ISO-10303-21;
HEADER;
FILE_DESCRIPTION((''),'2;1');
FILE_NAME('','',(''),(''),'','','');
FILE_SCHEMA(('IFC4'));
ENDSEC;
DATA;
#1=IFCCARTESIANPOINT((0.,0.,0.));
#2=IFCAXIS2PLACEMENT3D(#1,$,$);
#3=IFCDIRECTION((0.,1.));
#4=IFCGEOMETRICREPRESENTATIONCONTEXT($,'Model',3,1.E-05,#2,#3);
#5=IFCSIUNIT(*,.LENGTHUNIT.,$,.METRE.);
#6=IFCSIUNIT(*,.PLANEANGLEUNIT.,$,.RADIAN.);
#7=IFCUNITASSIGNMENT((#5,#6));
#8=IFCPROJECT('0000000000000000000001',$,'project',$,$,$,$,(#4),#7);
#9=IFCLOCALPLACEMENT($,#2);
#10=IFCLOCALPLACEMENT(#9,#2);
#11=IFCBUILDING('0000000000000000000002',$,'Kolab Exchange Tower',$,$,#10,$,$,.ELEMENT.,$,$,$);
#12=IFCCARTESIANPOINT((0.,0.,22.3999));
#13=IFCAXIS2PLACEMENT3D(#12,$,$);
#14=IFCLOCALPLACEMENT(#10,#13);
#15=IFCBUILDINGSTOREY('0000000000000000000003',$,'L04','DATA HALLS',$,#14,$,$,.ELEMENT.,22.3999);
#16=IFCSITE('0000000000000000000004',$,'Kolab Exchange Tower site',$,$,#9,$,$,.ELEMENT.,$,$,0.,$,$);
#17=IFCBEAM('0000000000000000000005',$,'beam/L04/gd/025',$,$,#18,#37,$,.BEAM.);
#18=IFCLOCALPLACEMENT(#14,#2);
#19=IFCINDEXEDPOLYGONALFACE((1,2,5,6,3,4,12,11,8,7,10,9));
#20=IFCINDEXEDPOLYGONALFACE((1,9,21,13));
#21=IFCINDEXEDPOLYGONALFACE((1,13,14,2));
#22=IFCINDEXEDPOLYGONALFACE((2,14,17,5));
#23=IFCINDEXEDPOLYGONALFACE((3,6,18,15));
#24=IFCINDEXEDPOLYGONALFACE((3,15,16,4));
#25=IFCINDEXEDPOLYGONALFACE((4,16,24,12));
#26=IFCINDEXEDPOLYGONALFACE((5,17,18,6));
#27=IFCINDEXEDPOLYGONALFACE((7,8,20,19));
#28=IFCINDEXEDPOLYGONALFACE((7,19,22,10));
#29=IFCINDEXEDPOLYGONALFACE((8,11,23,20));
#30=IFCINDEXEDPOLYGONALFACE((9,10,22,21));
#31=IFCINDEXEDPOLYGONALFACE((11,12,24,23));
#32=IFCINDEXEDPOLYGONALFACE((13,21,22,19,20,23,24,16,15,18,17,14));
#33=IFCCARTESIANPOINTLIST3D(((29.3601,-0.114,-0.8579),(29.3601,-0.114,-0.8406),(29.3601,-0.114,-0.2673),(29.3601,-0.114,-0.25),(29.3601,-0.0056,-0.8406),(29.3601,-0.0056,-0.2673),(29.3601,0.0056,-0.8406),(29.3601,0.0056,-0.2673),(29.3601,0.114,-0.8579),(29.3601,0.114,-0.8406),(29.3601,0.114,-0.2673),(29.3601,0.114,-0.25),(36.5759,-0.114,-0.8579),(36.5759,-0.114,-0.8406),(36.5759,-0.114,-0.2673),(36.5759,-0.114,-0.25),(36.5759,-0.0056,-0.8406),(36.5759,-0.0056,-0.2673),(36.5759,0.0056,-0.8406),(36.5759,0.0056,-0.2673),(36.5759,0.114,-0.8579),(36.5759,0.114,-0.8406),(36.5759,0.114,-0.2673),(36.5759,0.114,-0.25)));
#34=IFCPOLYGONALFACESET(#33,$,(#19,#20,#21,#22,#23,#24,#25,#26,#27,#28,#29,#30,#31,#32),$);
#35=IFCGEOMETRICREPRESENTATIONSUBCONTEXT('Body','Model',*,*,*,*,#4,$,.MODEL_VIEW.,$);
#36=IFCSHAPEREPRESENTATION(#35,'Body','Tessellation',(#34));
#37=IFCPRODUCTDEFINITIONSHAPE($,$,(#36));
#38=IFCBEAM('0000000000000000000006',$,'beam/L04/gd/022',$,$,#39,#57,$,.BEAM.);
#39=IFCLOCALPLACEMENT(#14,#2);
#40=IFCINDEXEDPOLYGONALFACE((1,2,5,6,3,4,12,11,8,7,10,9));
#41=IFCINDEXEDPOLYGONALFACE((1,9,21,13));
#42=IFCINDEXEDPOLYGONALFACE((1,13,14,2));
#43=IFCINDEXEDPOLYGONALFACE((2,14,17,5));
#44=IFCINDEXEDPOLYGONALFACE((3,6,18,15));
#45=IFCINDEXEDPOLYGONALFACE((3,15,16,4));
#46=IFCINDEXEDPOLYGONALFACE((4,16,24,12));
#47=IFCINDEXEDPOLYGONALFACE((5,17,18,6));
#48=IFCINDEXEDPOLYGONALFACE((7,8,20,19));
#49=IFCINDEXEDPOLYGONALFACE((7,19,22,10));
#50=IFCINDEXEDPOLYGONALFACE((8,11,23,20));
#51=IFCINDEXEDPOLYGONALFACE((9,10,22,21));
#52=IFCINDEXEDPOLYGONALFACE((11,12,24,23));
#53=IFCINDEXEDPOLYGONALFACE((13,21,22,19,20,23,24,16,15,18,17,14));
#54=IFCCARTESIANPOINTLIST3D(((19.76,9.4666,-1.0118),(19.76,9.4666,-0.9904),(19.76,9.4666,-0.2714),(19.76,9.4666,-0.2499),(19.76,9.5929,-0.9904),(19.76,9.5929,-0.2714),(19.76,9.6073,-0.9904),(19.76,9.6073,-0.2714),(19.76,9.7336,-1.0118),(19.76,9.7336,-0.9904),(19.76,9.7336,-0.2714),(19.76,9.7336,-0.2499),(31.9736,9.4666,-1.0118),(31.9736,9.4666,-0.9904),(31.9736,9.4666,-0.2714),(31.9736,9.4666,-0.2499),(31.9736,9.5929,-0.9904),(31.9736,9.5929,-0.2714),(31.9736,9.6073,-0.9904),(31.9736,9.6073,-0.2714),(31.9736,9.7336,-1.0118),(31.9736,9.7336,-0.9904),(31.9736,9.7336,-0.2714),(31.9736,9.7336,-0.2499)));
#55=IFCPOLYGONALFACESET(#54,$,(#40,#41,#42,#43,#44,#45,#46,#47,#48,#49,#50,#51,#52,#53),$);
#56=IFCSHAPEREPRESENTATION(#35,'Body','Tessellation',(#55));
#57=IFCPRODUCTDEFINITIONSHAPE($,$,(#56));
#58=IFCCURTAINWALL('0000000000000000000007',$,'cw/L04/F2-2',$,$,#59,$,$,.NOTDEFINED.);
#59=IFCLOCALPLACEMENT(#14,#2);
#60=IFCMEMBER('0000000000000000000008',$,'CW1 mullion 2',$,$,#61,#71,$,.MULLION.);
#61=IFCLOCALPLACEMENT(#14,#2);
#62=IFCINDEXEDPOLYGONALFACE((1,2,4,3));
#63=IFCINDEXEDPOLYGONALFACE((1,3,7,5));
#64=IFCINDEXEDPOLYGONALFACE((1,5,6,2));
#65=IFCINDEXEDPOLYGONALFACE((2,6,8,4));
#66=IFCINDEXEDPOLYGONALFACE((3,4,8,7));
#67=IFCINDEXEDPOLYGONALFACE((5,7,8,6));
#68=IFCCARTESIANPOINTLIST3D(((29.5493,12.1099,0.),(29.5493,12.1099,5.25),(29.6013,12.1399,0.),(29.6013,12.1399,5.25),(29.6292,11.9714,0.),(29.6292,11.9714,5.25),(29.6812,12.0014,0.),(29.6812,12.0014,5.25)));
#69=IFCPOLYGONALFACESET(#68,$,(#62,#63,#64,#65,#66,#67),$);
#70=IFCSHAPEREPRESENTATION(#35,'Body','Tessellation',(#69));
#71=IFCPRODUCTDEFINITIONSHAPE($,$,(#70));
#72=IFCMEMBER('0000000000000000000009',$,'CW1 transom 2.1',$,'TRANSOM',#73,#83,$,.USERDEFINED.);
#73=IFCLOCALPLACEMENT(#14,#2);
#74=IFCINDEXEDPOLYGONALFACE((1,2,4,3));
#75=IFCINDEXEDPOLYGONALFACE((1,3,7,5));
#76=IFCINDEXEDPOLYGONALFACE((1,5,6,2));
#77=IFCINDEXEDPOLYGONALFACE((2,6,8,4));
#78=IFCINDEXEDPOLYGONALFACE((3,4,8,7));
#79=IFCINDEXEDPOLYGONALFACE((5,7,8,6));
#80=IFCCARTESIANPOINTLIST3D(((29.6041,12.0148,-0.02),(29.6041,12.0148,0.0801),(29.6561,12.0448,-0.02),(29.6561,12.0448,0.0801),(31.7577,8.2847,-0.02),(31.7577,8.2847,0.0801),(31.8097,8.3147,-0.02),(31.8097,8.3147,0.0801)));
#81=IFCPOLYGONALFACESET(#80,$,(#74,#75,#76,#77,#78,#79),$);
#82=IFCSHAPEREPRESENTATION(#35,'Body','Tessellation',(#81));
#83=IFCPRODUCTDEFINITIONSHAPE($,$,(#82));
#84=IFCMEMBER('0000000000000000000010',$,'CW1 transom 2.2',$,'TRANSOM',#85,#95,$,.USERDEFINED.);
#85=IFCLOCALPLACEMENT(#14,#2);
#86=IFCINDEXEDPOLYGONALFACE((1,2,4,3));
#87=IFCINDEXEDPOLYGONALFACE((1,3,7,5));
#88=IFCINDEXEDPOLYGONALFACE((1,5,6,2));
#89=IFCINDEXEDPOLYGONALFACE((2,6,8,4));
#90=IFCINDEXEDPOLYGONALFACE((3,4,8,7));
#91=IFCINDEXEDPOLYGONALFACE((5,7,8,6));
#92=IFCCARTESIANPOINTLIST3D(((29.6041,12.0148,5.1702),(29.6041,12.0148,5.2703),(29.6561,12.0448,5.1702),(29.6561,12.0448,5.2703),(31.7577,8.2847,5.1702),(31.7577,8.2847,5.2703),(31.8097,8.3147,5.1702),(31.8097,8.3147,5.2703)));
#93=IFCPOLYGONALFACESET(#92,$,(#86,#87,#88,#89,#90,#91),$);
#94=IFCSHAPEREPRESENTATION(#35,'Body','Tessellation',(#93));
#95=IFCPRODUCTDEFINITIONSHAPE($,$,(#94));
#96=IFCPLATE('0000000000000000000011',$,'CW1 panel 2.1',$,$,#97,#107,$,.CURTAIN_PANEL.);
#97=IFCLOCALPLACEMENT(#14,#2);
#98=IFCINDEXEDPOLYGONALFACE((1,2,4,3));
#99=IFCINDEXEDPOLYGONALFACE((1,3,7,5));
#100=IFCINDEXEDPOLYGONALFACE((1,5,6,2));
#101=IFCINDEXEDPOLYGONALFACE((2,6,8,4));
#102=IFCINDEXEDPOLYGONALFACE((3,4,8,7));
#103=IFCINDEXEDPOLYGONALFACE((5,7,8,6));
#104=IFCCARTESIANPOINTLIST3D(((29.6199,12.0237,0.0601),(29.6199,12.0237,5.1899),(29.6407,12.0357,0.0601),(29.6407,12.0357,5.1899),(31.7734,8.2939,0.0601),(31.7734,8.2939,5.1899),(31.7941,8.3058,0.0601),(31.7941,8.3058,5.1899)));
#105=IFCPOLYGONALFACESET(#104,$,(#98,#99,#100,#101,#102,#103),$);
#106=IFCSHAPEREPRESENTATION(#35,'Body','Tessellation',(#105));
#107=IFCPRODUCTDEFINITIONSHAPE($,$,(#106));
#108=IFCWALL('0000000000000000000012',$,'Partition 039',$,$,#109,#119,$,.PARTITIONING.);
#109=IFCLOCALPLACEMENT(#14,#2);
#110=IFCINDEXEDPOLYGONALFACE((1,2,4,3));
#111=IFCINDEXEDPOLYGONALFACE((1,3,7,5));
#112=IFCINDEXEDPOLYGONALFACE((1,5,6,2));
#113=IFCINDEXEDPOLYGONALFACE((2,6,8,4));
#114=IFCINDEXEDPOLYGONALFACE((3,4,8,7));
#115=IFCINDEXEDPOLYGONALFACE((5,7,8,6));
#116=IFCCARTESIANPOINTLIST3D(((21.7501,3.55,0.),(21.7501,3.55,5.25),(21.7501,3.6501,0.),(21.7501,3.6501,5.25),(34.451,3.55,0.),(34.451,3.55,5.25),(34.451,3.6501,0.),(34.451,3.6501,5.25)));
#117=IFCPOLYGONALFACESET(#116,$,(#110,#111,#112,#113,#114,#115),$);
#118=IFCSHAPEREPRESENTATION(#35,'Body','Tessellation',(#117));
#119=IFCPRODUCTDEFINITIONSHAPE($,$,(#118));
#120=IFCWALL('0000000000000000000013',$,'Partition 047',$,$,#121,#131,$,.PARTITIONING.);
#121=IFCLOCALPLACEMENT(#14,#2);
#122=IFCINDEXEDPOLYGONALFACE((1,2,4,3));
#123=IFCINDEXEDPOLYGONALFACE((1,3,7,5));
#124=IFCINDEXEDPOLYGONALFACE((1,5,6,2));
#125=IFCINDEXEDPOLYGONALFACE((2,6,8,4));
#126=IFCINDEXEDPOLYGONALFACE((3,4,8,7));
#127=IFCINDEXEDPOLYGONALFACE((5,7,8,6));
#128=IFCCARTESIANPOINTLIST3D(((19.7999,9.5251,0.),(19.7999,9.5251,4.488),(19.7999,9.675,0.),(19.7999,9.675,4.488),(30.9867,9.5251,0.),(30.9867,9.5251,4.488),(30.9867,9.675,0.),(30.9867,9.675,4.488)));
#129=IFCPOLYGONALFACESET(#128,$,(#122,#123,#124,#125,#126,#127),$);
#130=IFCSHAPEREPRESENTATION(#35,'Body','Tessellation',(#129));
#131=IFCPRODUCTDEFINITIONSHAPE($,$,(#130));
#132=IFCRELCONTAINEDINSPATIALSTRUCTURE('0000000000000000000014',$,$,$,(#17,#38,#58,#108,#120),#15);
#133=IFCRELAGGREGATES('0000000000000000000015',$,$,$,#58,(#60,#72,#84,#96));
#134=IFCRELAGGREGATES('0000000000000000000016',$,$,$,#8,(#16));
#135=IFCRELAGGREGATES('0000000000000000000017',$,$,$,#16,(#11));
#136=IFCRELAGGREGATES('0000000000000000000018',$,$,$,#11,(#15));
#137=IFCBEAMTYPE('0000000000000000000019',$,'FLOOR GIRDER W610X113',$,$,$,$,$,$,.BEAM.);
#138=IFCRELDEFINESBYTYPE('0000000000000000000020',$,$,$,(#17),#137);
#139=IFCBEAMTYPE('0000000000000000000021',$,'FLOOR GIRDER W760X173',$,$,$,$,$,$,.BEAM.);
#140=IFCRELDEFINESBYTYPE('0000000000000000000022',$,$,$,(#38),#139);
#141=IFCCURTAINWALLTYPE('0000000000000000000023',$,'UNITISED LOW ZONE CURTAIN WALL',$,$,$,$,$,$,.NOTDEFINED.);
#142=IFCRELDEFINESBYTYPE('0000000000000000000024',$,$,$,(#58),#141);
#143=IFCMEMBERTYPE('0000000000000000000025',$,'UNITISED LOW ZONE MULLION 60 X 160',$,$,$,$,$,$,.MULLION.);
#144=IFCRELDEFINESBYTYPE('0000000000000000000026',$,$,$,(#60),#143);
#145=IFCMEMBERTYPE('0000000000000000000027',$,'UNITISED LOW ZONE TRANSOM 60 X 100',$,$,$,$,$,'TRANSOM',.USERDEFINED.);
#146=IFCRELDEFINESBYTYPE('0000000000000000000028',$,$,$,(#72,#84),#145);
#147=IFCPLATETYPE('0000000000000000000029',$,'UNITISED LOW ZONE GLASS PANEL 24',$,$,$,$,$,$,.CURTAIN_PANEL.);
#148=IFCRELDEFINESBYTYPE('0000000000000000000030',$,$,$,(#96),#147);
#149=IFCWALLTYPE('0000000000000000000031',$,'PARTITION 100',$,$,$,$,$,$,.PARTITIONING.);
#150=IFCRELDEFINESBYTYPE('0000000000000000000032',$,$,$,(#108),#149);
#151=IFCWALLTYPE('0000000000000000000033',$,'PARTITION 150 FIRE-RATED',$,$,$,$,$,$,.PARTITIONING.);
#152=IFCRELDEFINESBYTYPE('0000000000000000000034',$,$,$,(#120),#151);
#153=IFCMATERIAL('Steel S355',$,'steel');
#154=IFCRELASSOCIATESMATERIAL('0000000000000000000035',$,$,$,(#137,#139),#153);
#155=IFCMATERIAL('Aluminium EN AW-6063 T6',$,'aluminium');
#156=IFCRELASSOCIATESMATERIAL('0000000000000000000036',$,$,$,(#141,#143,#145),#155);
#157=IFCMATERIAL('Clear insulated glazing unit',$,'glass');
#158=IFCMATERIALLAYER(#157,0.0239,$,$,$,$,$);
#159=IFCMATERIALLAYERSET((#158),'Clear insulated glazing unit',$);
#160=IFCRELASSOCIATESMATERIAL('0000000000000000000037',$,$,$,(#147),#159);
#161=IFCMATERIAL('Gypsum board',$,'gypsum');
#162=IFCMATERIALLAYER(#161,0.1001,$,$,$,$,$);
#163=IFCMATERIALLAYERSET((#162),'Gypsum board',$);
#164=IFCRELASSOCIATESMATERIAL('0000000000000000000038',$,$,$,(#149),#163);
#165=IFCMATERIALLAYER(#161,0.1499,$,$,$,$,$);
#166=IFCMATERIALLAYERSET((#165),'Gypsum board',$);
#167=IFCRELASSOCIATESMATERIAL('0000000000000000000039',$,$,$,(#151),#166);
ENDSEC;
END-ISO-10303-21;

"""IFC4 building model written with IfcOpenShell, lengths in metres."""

from ifc_helpers import new_model, si_unit, direction, frame, frame_2d, origin, origin_2d, place, context, subcontext, project, spatial, rectangle, i_section, extrude, material, layer, layer_set, material_profile, profile_set, type_object, element, aggregate, save


model = new_model("IFC4")

# Units and contexts
model_context = context("Model", 3, precision=1e-05, world=origin(), true_north=direction((0.0, 1.0)))
body_context = subcontext(model_context, "Body", "Model", "MODEL_VIEW")
ifc_project = project(units=[si_unit("LENGTHUNIT", "METRE"), si_unit("PLANEANGLEUNIT", "RADIAN")], contexts=[model_context])

# Site, building, storey
site_placement = place(None, origin())
site = spatial("IfcSite", under=ifc_project, at=site_placement, Name="Kolab Exchange Tower site", CompositionType="ELEMENT", RefElevation=0.0)
building_placement = place(site_placement, origin())
building = spatial("IfcBuilding", under=site, at=building_placement, Name="Kolab Exchange Tower", CompositionType="ELEMENT")
storey_placement = place(building_placement, frame((0.0, 0.0, 22.3999)))
storey = spatial("IfcBuildingStorey", under=building, at=storey_placement, Name="L04", Description="DATA HALLS", CompositionType="ELEMENT", Elevation=22.3999)

# Beams
ifc_material_1 = material(Name="Steel S355", Category="steel")
ifc_material_profile_1 = material_profile(ifc_material_1, i_section(OverallWidth=0.228, OverallDepth=0.6079, WebThickness=0.0112, FlangeThickness=0.0173, at=origin_2d()), Name="W610X113")
ifc_profile_set_1 = profile_set([ifc_material_profile_1], Name="Steel S355")
beam_type_1 = type_object("IfcBeamType", Name="FLOOR GIRDER W610X113", PredefinedType="BEAM", material=ifc_profile_set_1)
beam_1_placement = place(storey_placement, frame((29.3601, 0.0, -0.554), z_axis=(1.0, 0.0, 0.0), x_axis=(0.0, 1.0, 0.0)))
element("IfcBeam", 1, at=beam_1_placement, inside=storey, type_object=beam_type_1, Name="beam/L04/gd/025", PredefinedType="BEAM", context=body_context, shape_type="SweptSolid", body=[
    extrude(i_section(OverallWidth=0.228, OverallDepth=0.6079, WebThickness=0.0112, FlangeThickness=0.0173, at=origin_2d()), origin(), (0.0, 0.0, 1.0), 7.2158),
])
ifc_material_profile_2 = material_profile(ifc_material_1, i_section(OverallWidth=0.2671, OverallDepth=0.762, WebThickness=0.0144, FlangeThickness=0.0215, at=origin_2d()), Name="W760X173")
ifc_profile_set_2 = profile_set([ifc_material_profile_2], Name="Steel S355")
beam_type_2 = type_object("IfcBeamType", Name="FLOOR GIRDER W760X173", PredefinedType="BEAM", material=ifc_profile_set_2)
beam_2_placement = place(storey_placement, frame((19.76, 9.6001, -0.6309), z_axis=(1.0, 0.0, 0.0), x_axis=(0.0, 1.0, 0.0)))
element("IfcBeam", 2, at=beam_2_placement, inside=storey, type_object=beam_type_2, Name="beam/L04/gd/022", PredefinedType="BEAM", context=body_context, shape_type="SweptSolid", body=[
    extrude(i_section(OverallWidth=0.2671, OverallDepth=0.762, WebThickness=0.0144, FlangeThickness=0.0215, at=origin_2d()), origin(), (0.0, 0.0, 1.0), 12.2136),
])

# Curtain wall, members, plate
ifc_material_2 = material(Name="Aluminium EN AW-6063 T6", Category="aluminium")
curtain_wall_type = type_object("IfcCurtainWallType", Name="UNITISED LOW ZONE CURTAIN WALL", PredefinedType="NOTDEFINED", material=ifc_material_2)
curtain_wall_placement = place(storey_placement, origin())
curtain_wall = element("IfcCurtainWall", 3, at=curtain_wall_placement, inside=storey, type_object=curtain_wall_type, Name="cw/L04/F2-2", PredefinedType="NOTDEFINED")
ifc_material_profile_3 = material_profile(ifc_material_2, rectangle(XDim=0.0601, YDim=0.1599, at=origin_2d()), Name="RECT 60X160")
ifc_profile_set_3 = profile_set([ifc_material_profile_3], Name="Aluminium EN AW-6063 T6")
member_type_1 = type_object("IfcMemberType", Name="UNITISED LOW ZONE MULLION 60 X 160", PredefinedType="MULLION", material=ifc_profile_set_3)
member_1_placement = place(storey_placement, frame((29.6152, 12.0557, 0.0), z_axis=(0.0, 0.0, 1.0), x_axis=(0.866025, 0.5, 0.0)))
member_1 = element("IfcMember", 4, at=member_1_placement, type_object=member_type_1, Name="CW1 mullion 2", PredefinedType="MULLION", context=body_context, shape_type="SweptSolid", body=[
    extrude(rectangle(XDim=0.0601, YDim=0.1599, at=origin_2d()), origin(), (0.0, 0.0, 1.0), 5.25),
])
ifc_material_profile_4 = material_profile(ifc_material_2, rectangle(XDim=0.0601, YDim=0.1001, at=origin_2d()), Name="RECT 60X100")
ifc_profile_set_4 = profile_set([ifc_material_profile_4], Name="Aluminium EN AW-6063 T6")
member_type_2 = type_object("IfcMemberType", Name="UNITISED LOW ZONE TRANSOM 60 X 100", ElementType="TRANSOM", PredefinedType="USERDEFINED", material=ifc_profile_set_4)
member_2_placement = place(storey_placement, frame((29.6301, 12.0298, 0.03), z_axis=(0.50001, -0.866019, 0.0), x_axis=(0.866019, 0.50001, 0.0)))
member_2 = element("IfcMember", 5, at=member_2_placement, type_object=member_type_2, Name="CW1 transom 2.1", ObjectType="TRANSOM", PredefinedType="USERDEFINED", context=body_context, shape_type="SweptSolid", body=[
    extrude(rectangle(XDim=0.0601, YDim=0.1001, at=origin_2d()), origin(), (0.0, 0.0, 1.0), 4.3071),
])
member_3_placement = place(storey_placement, frame((29.6301, 12.0298, 5.2202), z_axis=(0.50001, -0.866019, 0.0), x_axis=(0.866019, 0.50001, 0.0)))
member_3 = element("IfcMember", 6, at=member_3_placement, type_object=member_type_2, Name="CW1 transom 2.2", ObjectType="TRANSOM", PredefinedType="USERDEFINED", context=body_context, shape_type="SweptSolid", body=[
    extrude(rectangle(XDim=0.0601, YDim=0.1001, at=origin_2d()), origin(), (0.0, 0.0, 1.0), 4.3071),
])
ifc_material_3 = material(Name="Clear insulated glazing unit", Category="glass")
ifc_layer_1 = layer(ifc_material_3, 0.0239)
ifc_layer_set_1 = layer_set([ifc_layer_1], Name="Clear insulated glazing unit")
plate_type = type_object("IfcPlateType", Name="UNITISED LOW ZONE GLASS PANEL 24", PredefinedType="CURTAIN_PANEL", material=ifc_layer_set_1)
plate_placement = place(storey_placement, frame((30.707, 10.1648, 0.0601), z_axis=(0.0, 0.0, 1.0), x_axis=(0.5, -0.866025, 0.0)))
plate = element("IfcPlate", 7, at=plate_placement, type_object=plate_type, Name="CW1 panel 2.1", PredefinedType="CURTAIN_PANEL", context=body_context, shape_type="SweptSolid", body=[
    extrude(rectangle(XDim=4.3069, YDim=0.0239, at=origin_2d()), origin(), (0.0, 0.0, 1.0), 5.1299),
])
aggregate(curtain_wall, [member_1, member_2, member_3, plate])

# Walls
ifc_material_4 = material(Name="Gypsum board", Category="gypsum")
ifc_layer_2 = layer(ifc_material_4, 0.1001)
ifc_layer_set_2 = layer_set([ifc_layer_2], Name="Gypsum board")
wall_type_1 = type_object("IfcWallType", Name="PARTITION 100", PredefinedType="PARTITIONING", material=ifc_layer_set_2)
wall_1_placement = place(storey_placement, frame((21.75, 3.6001, 0.0), z_axis=(0.0, 0.0, 1.0), x_axis=(1.0, 0.0, 0.0)))
element("IfcWall", 8, at=wall_1_placement, inside=storey, type_object=wall_type_1, Name="Partition 039", PredefinedType="PARTITIONING", context=body_context, shape_type="SweptSolid", body=[
    extrude(rectangle(XDim=12.7009, YDim=0.1001, at=frame_2d((6.3506, 0.0))), origin(), (0.0, 0.0, 1.0), 5.25),
])
ifc_layer_3 = layer(ifc_material_4, 0.1499)
ifc_layer_set_3 = layer_set([ifc_layer_3], Name="Gypsum board")
wall_type_2 = type_object("IfcWallType", Name="PARTITION 150 FIRE-RATED", PredefinedType="PARTITIONING", material=ifc_layer_set_3)
wall_2_placement = place(storey_placement, frame((19.8, 9.6001, 0.0), z_axis=(0.0, 0.0, 1.0), x_axis=(1.0, 0.0, 0.0)))
element("IfcWall", 9, at=wall_2_placement, inside=storey, type_object=wall_type_2, Name="Partition 047", PredefinedType="PARTITIONING", context=body_context, shape_type="SweptSolid", body=[
    extrude(rectangle(XDim=11.1868, YDim=0.1499, at=frame_2d((5.5933, 0.0))), origin(), (0.0, 0.0, 1.0), 4.488),
])

save(model, "model.ifc")
